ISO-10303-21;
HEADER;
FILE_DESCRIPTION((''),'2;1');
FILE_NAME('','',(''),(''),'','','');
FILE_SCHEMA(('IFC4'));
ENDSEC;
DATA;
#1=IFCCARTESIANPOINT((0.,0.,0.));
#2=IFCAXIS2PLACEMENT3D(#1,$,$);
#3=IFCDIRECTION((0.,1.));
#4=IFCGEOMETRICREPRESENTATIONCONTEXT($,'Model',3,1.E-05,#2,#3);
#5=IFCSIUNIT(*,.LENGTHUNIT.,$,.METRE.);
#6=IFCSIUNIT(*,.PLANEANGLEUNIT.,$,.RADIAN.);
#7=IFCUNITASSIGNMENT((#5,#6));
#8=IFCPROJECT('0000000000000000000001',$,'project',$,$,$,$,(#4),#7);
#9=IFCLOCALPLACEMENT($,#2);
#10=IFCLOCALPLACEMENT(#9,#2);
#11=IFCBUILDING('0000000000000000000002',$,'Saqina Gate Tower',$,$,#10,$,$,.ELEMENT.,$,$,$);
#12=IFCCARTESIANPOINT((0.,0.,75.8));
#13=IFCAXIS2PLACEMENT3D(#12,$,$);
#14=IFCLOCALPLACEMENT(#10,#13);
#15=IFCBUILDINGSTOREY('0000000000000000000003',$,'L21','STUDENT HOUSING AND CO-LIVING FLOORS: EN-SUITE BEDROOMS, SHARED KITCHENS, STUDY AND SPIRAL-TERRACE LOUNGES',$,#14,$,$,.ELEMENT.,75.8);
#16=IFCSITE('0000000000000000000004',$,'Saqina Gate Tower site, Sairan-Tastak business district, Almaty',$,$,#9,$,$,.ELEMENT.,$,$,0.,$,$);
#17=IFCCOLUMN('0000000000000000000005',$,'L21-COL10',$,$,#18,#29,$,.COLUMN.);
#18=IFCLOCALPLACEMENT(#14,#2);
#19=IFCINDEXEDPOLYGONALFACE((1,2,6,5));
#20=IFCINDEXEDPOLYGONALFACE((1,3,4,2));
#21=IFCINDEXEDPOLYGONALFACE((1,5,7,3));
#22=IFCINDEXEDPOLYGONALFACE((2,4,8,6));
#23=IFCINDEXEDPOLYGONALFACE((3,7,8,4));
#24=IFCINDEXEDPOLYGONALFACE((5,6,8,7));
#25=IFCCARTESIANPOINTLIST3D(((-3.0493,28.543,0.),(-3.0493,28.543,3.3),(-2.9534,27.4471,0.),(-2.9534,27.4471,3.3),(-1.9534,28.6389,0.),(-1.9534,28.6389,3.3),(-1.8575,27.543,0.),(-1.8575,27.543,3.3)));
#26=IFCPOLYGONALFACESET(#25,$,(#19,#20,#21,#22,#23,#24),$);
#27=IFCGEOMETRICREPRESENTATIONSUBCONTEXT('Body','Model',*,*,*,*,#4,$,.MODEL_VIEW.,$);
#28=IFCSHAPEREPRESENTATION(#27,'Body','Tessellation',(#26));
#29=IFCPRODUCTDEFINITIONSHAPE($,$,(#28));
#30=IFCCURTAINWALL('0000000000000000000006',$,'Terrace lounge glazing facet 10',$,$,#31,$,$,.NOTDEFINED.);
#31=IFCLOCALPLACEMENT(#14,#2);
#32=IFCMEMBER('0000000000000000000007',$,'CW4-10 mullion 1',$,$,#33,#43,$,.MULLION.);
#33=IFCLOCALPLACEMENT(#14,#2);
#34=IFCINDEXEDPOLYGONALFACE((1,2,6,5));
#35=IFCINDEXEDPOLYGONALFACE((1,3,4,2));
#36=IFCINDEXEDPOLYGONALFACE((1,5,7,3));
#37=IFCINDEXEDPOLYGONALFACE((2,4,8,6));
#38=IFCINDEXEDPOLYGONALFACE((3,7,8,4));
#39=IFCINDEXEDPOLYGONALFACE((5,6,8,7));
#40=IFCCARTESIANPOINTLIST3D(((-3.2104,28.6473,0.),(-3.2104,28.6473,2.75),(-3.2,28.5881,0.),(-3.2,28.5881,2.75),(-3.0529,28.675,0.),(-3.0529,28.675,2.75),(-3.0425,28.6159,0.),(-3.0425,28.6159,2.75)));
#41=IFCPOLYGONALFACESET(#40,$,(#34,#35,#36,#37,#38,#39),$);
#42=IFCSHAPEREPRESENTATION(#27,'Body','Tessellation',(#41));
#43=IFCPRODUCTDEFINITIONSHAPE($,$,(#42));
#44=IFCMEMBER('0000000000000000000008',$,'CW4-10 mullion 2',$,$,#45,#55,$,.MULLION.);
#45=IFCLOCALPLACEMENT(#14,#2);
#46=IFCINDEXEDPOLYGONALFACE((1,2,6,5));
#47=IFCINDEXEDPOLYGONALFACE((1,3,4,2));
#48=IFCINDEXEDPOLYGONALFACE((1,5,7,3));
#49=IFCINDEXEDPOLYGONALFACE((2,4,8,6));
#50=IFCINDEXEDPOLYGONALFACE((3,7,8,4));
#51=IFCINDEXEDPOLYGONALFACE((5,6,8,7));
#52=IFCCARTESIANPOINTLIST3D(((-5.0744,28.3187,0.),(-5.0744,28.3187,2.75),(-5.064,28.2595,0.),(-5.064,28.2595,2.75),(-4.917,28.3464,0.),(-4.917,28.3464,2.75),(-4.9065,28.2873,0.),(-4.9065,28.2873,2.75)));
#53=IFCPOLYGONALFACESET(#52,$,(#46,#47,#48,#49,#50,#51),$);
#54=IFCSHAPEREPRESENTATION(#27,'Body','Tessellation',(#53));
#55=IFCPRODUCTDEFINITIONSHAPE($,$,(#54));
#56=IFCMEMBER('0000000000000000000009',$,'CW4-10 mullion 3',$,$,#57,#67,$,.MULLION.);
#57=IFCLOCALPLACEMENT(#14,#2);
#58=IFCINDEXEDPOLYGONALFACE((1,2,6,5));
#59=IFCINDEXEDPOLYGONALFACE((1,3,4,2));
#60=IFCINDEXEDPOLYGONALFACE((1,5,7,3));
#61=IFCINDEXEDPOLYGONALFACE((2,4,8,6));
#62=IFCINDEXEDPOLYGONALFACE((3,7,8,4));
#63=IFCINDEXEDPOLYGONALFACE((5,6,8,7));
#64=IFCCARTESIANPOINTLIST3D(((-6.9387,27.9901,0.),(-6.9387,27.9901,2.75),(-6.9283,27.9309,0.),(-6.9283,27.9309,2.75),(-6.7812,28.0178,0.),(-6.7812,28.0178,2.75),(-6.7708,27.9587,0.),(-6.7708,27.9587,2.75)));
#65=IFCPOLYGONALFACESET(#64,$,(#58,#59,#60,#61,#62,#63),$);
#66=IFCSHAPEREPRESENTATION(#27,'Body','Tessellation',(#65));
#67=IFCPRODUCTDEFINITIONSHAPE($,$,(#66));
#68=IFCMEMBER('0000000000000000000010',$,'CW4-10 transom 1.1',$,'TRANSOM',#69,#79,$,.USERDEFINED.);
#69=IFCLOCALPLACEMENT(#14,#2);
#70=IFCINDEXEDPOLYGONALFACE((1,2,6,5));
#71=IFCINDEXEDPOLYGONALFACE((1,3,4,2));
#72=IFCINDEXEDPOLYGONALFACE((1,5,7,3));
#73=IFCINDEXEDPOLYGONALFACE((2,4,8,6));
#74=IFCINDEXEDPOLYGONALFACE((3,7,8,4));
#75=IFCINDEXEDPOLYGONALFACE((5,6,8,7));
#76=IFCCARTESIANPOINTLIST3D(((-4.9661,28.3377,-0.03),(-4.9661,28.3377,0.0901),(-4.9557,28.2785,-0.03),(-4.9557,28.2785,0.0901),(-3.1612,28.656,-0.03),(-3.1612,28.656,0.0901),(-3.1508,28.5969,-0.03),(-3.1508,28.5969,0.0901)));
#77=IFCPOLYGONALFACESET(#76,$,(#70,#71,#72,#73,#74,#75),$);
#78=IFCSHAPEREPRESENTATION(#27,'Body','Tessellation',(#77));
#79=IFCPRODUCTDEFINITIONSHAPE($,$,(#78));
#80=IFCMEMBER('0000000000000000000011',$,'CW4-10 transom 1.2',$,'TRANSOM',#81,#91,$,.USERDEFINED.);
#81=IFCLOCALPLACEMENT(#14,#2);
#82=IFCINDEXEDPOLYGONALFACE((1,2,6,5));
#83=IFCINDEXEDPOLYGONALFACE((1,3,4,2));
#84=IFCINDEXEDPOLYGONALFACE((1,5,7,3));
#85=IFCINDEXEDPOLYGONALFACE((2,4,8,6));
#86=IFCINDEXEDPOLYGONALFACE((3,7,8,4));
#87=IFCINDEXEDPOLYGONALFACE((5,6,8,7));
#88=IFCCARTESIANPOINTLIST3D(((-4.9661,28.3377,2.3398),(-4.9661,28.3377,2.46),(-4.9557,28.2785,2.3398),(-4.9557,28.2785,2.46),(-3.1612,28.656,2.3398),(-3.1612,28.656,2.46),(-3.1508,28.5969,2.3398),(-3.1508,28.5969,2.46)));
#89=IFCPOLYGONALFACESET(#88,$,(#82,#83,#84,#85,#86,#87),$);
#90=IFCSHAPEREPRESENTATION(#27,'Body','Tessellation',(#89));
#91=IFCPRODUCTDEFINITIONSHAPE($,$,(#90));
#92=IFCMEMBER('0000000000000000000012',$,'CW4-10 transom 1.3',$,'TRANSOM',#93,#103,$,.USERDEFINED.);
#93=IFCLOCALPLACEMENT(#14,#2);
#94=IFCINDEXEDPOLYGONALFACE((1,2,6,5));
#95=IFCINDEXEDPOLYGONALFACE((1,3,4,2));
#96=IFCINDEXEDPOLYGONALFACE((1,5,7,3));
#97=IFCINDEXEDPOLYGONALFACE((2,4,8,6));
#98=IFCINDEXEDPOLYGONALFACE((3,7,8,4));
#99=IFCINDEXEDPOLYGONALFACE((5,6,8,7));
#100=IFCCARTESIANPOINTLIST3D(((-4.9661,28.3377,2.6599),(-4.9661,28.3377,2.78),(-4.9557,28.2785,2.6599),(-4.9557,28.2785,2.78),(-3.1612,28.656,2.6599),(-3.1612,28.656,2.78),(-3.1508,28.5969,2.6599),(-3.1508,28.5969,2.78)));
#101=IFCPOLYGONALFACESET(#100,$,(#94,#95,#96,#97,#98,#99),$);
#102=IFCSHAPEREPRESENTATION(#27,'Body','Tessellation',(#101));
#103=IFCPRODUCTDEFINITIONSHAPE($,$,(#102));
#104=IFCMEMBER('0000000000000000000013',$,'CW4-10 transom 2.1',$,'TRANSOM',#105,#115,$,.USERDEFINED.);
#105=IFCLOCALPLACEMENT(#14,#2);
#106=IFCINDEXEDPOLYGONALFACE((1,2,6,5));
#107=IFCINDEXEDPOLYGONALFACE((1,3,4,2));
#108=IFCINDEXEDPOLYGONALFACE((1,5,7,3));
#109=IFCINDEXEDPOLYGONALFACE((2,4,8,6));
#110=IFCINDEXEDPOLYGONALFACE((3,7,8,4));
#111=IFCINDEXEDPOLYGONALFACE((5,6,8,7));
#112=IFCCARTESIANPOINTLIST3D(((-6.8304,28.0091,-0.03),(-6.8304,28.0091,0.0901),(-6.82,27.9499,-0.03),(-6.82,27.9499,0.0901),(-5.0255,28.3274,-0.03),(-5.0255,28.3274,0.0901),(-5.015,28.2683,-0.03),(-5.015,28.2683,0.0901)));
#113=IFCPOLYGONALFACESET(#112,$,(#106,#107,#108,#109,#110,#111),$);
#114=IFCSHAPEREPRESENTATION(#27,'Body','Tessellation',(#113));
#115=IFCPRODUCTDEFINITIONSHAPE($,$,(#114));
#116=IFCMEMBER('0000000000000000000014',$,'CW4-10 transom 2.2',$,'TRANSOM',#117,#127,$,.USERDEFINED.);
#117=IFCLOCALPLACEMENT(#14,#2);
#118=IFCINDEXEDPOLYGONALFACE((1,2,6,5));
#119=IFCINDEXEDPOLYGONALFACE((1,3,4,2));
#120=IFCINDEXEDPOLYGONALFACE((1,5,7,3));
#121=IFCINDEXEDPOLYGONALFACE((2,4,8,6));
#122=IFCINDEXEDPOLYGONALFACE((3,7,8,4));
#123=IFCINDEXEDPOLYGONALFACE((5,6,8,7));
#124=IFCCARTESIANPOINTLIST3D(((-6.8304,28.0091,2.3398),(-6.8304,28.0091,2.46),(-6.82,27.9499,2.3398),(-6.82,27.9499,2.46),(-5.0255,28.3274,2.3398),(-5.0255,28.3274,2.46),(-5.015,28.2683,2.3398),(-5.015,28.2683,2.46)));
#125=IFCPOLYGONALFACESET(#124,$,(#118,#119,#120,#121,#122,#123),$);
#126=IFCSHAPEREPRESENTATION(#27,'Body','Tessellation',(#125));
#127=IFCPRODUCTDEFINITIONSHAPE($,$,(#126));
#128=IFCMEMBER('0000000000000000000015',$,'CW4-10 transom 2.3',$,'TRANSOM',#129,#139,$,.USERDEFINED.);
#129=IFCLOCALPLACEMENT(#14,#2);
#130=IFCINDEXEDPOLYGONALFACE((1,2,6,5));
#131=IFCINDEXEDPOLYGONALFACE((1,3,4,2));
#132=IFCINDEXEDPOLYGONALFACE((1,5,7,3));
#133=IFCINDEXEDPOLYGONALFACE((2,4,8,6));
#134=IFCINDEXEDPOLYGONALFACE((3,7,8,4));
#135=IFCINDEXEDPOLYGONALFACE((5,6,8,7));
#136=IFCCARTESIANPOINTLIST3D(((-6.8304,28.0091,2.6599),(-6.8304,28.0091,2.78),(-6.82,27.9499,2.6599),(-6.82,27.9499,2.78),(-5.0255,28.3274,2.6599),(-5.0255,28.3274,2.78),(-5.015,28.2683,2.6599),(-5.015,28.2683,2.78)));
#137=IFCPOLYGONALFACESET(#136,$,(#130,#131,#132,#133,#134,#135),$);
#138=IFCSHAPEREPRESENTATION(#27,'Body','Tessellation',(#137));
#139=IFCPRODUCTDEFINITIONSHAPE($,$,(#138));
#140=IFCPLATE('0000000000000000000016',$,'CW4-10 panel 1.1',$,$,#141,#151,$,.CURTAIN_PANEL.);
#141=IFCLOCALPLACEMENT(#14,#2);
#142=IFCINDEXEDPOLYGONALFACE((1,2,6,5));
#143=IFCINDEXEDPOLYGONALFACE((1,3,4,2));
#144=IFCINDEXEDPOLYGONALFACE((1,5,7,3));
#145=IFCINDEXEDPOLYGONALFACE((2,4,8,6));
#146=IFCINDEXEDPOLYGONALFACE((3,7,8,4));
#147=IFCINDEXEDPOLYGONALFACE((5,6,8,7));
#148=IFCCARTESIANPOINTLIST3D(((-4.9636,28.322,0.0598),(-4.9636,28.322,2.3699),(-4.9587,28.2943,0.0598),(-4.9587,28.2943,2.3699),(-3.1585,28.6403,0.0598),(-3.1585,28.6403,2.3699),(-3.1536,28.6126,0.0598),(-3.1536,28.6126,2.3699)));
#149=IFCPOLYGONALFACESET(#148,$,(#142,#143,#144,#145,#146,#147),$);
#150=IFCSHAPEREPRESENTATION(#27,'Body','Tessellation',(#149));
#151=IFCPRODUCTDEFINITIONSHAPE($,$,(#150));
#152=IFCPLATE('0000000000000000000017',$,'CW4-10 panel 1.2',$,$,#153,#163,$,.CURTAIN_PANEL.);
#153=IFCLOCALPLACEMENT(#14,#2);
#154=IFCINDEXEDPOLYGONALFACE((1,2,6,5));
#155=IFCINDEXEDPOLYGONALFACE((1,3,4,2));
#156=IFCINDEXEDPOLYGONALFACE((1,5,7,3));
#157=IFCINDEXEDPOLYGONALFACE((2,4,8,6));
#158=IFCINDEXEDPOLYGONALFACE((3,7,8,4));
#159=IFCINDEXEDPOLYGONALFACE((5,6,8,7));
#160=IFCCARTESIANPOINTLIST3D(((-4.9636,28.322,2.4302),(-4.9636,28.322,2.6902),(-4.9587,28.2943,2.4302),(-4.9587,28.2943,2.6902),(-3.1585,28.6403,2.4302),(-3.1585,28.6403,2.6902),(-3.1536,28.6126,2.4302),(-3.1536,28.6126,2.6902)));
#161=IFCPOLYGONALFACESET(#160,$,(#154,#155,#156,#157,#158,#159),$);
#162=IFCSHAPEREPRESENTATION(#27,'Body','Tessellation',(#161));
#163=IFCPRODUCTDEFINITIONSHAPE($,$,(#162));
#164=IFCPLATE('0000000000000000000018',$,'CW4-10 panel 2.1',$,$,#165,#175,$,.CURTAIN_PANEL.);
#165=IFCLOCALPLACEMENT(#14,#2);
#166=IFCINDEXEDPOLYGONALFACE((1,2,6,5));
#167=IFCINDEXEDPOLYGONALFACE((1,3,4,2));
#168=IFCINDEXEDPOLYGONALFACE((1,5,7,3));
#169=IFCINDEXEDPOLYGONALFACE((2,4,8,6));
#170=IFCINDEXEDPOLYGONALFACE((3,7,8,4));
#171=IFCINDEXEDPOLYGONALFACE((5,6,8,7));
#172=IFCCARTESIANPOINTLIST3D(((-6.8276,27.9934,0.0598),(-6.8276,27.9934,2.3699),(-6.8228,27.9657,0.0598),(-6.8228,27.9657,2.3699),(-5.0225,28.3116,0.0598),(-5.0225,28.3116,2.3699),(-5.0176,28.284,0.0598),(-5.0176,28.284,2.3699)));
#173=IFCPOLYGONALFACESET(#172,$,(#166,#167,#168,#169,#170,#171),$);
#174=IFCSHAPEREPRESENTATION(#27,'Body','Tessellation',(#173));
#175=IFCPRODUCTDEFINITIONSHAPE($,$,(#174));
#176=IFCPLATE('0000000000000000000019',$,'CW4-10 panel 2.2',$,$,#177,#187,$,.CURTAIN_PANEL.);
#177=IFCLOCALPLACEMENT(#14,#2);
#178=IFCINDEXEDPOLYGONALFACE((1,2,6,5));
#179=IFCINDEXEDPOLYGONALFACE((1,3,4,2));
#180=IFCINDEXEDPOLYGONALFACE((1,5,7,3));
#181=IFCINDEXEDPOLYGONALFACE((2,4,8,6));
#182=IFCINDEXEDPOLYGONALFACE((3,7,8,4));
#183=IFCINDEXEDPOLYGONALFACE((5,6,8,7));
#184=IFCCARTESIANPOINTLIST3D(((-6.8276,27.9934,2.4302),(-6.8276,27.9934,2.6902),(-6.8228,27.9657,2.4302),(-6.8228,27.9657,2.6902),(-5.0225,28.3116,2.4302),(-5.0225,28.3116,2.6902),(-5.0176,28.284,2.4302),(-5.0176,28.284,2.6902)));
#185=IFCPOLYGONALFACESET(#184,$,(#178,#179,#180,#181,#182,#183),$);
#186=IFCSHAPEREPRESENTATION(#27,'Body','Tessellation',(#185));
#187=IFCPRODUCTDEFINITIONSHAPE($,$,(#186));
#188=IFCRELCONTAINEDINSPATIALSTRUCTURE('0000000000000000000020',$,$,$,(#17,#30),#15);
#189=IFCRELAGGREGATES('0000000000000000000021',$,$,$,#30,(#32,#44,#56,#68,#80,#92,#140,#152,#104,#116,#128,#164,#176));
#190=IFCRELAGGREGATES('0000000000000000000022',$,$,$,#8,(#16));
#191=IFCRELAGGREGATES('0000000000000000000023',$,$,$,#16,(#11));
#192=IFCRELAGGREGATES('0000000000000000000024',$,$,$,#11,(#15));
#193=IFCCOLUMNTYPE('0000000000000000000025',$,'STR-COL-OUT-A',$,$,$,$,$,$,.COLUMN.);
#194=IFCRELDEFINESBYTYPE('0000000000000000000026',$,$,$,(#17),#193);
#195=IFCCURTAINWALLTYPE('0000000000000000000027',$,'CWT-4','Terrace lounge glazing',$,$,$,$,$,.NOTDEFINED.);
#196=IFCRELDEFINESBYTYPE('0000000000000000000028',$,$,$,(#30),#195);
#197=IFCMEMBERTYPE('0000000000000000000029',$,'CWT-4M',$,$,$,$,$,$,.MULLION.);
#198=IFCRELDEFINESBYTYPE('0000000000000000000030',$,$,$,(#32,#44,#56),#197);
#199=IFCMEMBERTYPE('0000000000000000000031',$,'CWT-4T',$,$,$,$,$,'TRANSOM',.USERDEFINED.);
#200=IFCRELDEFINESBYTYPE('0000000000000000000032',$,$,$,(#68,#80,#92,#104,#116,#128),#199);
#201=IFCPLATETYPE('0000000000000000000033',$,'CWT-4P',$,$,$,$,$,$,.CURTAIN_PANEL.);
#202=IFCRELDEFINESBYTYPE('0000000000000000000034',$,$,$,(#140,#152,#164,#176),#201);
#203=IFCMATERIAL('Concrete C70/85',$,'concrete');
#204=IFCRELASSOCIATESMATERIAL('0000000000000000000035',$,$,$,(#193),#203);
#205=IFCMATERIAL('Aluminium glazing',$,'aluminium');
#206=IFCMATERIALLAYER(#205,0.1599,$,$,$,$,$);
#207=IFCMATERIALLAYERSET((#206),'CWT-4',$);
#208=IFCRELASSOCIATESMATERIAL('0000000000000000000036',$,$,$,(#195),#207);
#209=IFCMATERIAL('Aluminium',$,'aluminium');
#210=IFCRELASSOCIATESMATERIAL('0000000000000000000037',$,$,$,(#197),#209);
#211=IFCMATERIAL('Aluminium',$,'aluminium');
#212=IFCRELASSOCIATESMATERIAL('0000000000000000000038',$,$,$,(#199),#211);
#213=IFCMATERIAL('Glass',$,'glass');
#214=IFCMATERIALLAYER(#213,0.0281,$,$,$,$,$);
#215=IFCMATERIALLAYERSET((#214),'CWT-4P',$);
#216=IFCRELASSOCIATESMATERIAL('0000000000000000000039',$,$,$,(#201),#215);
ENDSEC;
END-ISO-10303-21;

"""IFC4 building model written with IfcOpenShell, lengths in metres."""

from ifc_helpers import new_model, si_unit, direction, frame, origin, origin_2d, place, context, subcontext, project, spatial, rectangle, extrude, material, layer, layer_set, material_profile, profile_set, type_object, element, aggregate, save


model = new_model("IFC4")

# Units and contexts
model_context = context("Model", 3, precision=1e-05, world=origin(), true_north=direction((0.0, 1.0)))
body_context = subcontext(model_context, "Body", "Model", "MODEL_VIEW")
ifc_project = project(units=[si_unit("LENGTHUNIT", "METRE"), si_unit("PLANEANGLEUNIT", "RADIAN")], contexts=[model_context])

# Site, building, storey
site_placement = place(None, origin())
site = spatial("IfcSite", under=ifc_project, at=site_placement, Name="Saqina Gate Tower site, Sairan-Tastak business district, Almaty", CompositionType="ELEMENT", RefElevation=0.0)
building_placement = place(site_placement, origin())
building = spatial("IfcBuilding", under=site, at=building_placement, Name="Saqina Gate Tower", CompositionType="ELEMENT")
storey_placement = place(building_placement, frame((0.0, 0.0, 75.8)))
storey = spatial("IfcBuildingStorey", under=building, at=storey_placement, Name="L21", Description="STUDENT HOUSING AND CO-LIVING FLOORS: EN-SUITE BEDROOMS, SHARED KITCHENS, STUDY AND SPIRAL-TERRACE LOUNGES", CompositionType="ELEMENT", Elevation=75.8)

# Column
ifc_material_1 = material(Name="Concrete C70/85", Category="concrete")
ifc_material_profile_1 = material_profile(ifc_material_1, rectangle(XDim=1.1001, YDim=1.1001, at=origin_2d()), Name="RC 1100x1100")
ifc_profile_set_1 = profile_set([ifc_material_profile_1], Name="Concrete C70/85")
column_type = type_object("IfcColumnType", Name="STR-COL-OUT-A", PredefinedType="COLUMN", material=ifc_profile_set_1)
column_placement = place(storey_placement, frame((-2.4534, 28.043, 0.0), z_axis=(0.0, 0.0, 1.0), x_axis=(-0.087156, 0.996195, 0.0)))
element("IfcColumn", 1, at=column_placement, inside=storey, type_object=column_type, Name="L21-COL10", PredefinedType="COLUMN", context=body_context, shape_type="SweptSolid", body=[
    extrude(rectangle(XDim=1.1001, YDim=1.1001, at=origin_2d()), origin(), (0.0, 0.0, 1.0), 3.3),
])

# Curtain wall, members, plates
ifc_material_2 = material(Name="Aluminium glazing", Category="aluminium")
ifc_layer_1 = layer(ifc_material_2, 0.1599)
ifc_layer_set_1 = layer_set([ifc_layer_1], Name="CWT-4")
curtain_wall_type = type_object("IfcCurtainWallType", Name="CWT-4", Description="Terrace lounge glazing", PredefinedType="NOTDEFINED", material=ifc_layer_set_1)
curtain_wall_placement = place(storey_placement, origin())
curtain_wall = element("IfcCurtainWall", 2, at=curtain_wall_placement, inside=storey, type_object=curtain_wall_type, Name="Terrace lounge glazing facet 10", PredefinedType="NOTDEFINED")
ifc_material_3 = material(Name="Aluminium", Category="aluminium")
ifc_material_profile_2 = material_profile(ifc_material_3, rectangle(XDim=0.0601, YDim=0.1599, at=origin_2d()), Name="Aluminium 60x160")
ifc_profile_set_2 = profile_set([ifc_material_profile_2], Name="Aluminium")
member_type_1 = type_object("IfcMemberType", Name="CWT-4M", PredefinedType="MULLION", material=ifc_profile_set_2)
member_1_placement = place(storey_placement, frame((-3.1265, 28.6316, 0.0), z_axis=(0.0, 0.0, 1.0), x_axis=(0.173643, -0.984809, 0.0)))
member_1 = element("IfcMember", 3, at=member_1_placement, type_object=member_type_1, Name="CW4-10 mullion 1", PredefinedType="MULLION", context=body_context, shape_type="SweptSolid", body=[
    extrude(rectangle(XDim=0.0601, YDim=0.1599, at=origin_2d()), origin(), (0.0, 0.0, 1.0), 2.75),
])
member_2_placement = place(storey_placement, frame((-4.9905, 28.303, 0.0), z_axis=(0.0, 0.0, 1.0), x_axis=(0.173643, -0.984809, 0.0)))
member_2 = element("IfcMember", 4, at=member_2_placement, type_object=member_type_1, Name="CW4-10 mullion 2", PredefinedType="MULLION", context=body_context, shape_type="SweptSolid", body=[
    extrude(rectangle(XDim=0.0601, YDim=0.1599, at=origin_2d()), origin(), (0.0, 0.0, 1.0), 2.75),
])
member_3_placement = place(storey_placement, frame((-6.8547, 27.9744, 0.0), z_axis=(0.0, 0.0, 1.0), x_axis=(0.173643, -0.984809, 0.0)))
member_3 = element("IfcMember", 5, at=member_3_placement, type_object=member_type_1, Name="CW4-10 mullion 3", PredefinedType="MULLION", context=body_context, shape_type="SweptSolid", body=[
    extrude(rectangle(XDim=0.0601, YDim=0.1599, at=origin_2d()), origin(), (0.0, 0.0, 1.0), 2.75),
])
ifc_material_4 = material(Name="Aluminium", Category="aluminium")
ifc_material_profile_3 = material_profile(ifc_material_4, rectangle(XDim=0.0601, YDim=0.1201, at=origin_2d()), Name="Aluminium 60x120")
ifc_profile_set_3 = profile_set([ifc_material_profile_3], Name="Aluminium")
member_type_2 = type_object("IfcMemberType", Name="CWT-4T", ElementType="TRANSOM", PredefinedType="USERDEFINED", material=ifc_profile_set_3)
member_4_placement = place(storey_placement, frame((-3.156, 28.6265, 0.03), z_axis=(-0.984798, -0.173702, 0.0), x_axis=(0.173702, -0.984798, 0.0)))
member_4 = element("IfcMember", 6, at=member_4_placement, type_object=member_type_2, Name="CW4-10 transom 1.1", ObjectType="TRANSOM", PredefinedType="USERDEFINED", context=body_context, shape_type="SweptSolid", body=[
    extrude(rectangle(XDim=0.0601, YDim=0.1201, at=origin_2d()), origin(), (0.0, 0.0, 1.0), 1.8328),
])
member_5_placement = place(storey_placement, frame((-3.156, 28.6265, 2.3999), z_axis=(-0.984798, -0.173702, 0.0), x_axis=(0.173702, -0.984798, 0.0)))
member_5 = element("IfcMember", 7, at=member_5_placement, type_object=member_type_2, Name="CW4-10 transom 1.2", ObjectType="TRANSOM", PredefinedType="USERDEFINED", context=body_context, shape_type="SweptSolid", body=[
    extrude(rectangle(XDim=0.0601, YDim=0.1201, at=origin_2d()), origin(), (0.0, 0.0, 1.0), 1.8328),
])
member_6_placement = place(storey_placement, frame((-3.156, 28.6265, 2.72), z_axis=(-0.984798, -0.173702, 0.0), x_axis=(0.173702, -0.984798, 0.0)))
member_6 = element("IfcMember", 8, at=member_6_placement, type_object=member_type_2, Name="CW4-10 transom 1.3", ObjectType="TRANSOM", PredefinedType="USERDEFINED", context=body_context, shape_type="SweptSolid", body=[
    extrude(rectangle(XDim=0.0601, YDim=0.1201, at=origin_2d()), origin(), (0.0, 0.0, 1.0), 1.8328),
])
member_7_placement = place(storey_placement, frame((-5.0203, 28.2979, 0.03), z_axis=(-0.984798, -0.173702, 0.0), x_axis=(0.173702, -0.984798, 0.0)))
member_7 = element("IfcMember", 9, at=member_7_placement, type_object=member_type_2, Name="CW4-10 transom 2.1", ObjectType="TRANSOM", PredefinedType="USERDEFINED", context=body_context, shape_type="SweptSolid", body=[
    extrude(rectangle(XDim=0.0601, YDim=0.1201, at=origin_2d()), origin(), (0.0, 0.0, 1.0), 1.8328),
])
member_8_placement = place(storey_placement, frame((-5.0203, 28.2979, 2.3999), z_axis=(-0.984798, -0.173702, 0.0), x_axis=(0.173702, -0.984798, 0.0)))
member_8 = element("IfcMember", 10, at=member_8_placement, type_object=member_type_2, Name="CW4-10 transom 2.2", ObjectType="TRANSOM", PredefinedType="USERDEFINED", context=body_context, shape_type="SweptSolid", body=[
    extrude(rectangle(XDim=0.0601, YDim=0.1201, at=origin_2d()), origin(), (0.0, 0.0, 1.0), 1.8328),
])
member_9_placement = place(storey_placement, frame((-5.0203, 28.2979, 2.72), z_axis=(-0.984798, -0.173702, 0.0), x_axis=(0.173702, -0.984798, 0.0)))
member_9 = element("IfcMember", 11, at=member_9_placement, type_object=member_type_2, Name="CW4-10 transom 2.3", ObjectType="TRANSOM", PredefinedType="USERDEFINED", context=body_context, shape_type="SweptSolid", body=[
    extrude(rectangle(XDim=0.0601, YDim=0.1201, at=origin_2d()), origin(), (0.0, 0.0, 1.0), 1.8328),
])
ifc_material_5 = material(Name="Glass", Category="glass")
ifc_layer_2 = layer(ifc_material_5, 0.0281)
ifc_layer_set_2 = layer_set([ifc_layer_2], Name="CWT-4P")
plate_type = type_object("IfcPlateType", Name="CWT-4P", PredefinedType="CURTAIN_PANEL", material=ifc_layer_set_2)
plate_1_placement = place(storey_placement, frame((-4.0586, 28.4673, 0.0598), z_axis=(0.0, 0.0, 1.0), x_axis=(-0.984809, -0.173643, 0.0)))
plate_1 = element("IfcPlate", 12, at=plate_1_placement, type_object=plate_type, Name="CW4-10 panel 1.1", PredefinedType="CURTAIN_PANEL", context=body_context, shape_type="SweptSolid", body=[
    extrude(rectangle(XDim=1.833, YDim=0.0281, at=origin_2d()), origin(), (0.0, 0.0, 1.0), 2.3101),
])
plate_2_placement = place(storey_placement, frame((-4.0586, 28.4673, 2.4302), z_axis=(0.0, 0.0, 1.0), x_axis=(-0.984809, -0.173643, 0.0)))
plate_2 = element("IfcPlate", 13, at=plate_2_placement, type_object=plate_type, Name="CW4-10 panel 1.2", PredefinedType="CURTAIN_PANEL", context=body_context, shape_type="SweptSolid", body=[
    extrude(rectangle(XDim=1.833, YDim=0.0281, at=origin_2d()), origin(), (0.0, 0.0, 1.0), 0.26),
])
plate_3_placement = place(storey_placement, frame((-5.9226, 28.1387, 0.0598), z_axis=(0.0, 0.0, 1.0), x_axis=(-0.984809, -0.173643, 0.0)))
plate_3 = element("IfcPlate", 14, at=plate_3_placement, type_object=plate_type, Name="CW4-10 panel 2.1", PredefinedType="CURTAIN_PANEL", context=body_context, shape_type="SweptSolid", body=[
    extrude(rectangle(XDim=1.833, YDim=0.0281, at=origin_2d()), origin(), (0.0, 0.0, 1.0), 2.3101),
])
plate_4_placement = place(storey_placement, frame((-5.9226, 28.1387, 2.4302), z_axis=(0.0, 0.0, 1.0), x_axis=(-0.984809, -0.173643, 0.0)))
plate_4 = element("IfcPlate", 15, at=plate_4_placement, type_object=plate_type, Name="CW4-10 panel 2.2", PredefinedType="CURTAIN_PANEL", context=body_context, shape_type="SweptSolid", body=[
    extrude(rectangle(XDim=1.833, YDim=0.0281, at=origin_2d()), origin(), (0.0, 0.0, 1.0), 0.26),
])
aggregate(curtain_wall, [member_1, member_2, member_3, member_4, member_5, member_6, plate_1, plate_2, member_7, member_8, member_9, plate_3, plate_4])

save(model, "model.ifc")
